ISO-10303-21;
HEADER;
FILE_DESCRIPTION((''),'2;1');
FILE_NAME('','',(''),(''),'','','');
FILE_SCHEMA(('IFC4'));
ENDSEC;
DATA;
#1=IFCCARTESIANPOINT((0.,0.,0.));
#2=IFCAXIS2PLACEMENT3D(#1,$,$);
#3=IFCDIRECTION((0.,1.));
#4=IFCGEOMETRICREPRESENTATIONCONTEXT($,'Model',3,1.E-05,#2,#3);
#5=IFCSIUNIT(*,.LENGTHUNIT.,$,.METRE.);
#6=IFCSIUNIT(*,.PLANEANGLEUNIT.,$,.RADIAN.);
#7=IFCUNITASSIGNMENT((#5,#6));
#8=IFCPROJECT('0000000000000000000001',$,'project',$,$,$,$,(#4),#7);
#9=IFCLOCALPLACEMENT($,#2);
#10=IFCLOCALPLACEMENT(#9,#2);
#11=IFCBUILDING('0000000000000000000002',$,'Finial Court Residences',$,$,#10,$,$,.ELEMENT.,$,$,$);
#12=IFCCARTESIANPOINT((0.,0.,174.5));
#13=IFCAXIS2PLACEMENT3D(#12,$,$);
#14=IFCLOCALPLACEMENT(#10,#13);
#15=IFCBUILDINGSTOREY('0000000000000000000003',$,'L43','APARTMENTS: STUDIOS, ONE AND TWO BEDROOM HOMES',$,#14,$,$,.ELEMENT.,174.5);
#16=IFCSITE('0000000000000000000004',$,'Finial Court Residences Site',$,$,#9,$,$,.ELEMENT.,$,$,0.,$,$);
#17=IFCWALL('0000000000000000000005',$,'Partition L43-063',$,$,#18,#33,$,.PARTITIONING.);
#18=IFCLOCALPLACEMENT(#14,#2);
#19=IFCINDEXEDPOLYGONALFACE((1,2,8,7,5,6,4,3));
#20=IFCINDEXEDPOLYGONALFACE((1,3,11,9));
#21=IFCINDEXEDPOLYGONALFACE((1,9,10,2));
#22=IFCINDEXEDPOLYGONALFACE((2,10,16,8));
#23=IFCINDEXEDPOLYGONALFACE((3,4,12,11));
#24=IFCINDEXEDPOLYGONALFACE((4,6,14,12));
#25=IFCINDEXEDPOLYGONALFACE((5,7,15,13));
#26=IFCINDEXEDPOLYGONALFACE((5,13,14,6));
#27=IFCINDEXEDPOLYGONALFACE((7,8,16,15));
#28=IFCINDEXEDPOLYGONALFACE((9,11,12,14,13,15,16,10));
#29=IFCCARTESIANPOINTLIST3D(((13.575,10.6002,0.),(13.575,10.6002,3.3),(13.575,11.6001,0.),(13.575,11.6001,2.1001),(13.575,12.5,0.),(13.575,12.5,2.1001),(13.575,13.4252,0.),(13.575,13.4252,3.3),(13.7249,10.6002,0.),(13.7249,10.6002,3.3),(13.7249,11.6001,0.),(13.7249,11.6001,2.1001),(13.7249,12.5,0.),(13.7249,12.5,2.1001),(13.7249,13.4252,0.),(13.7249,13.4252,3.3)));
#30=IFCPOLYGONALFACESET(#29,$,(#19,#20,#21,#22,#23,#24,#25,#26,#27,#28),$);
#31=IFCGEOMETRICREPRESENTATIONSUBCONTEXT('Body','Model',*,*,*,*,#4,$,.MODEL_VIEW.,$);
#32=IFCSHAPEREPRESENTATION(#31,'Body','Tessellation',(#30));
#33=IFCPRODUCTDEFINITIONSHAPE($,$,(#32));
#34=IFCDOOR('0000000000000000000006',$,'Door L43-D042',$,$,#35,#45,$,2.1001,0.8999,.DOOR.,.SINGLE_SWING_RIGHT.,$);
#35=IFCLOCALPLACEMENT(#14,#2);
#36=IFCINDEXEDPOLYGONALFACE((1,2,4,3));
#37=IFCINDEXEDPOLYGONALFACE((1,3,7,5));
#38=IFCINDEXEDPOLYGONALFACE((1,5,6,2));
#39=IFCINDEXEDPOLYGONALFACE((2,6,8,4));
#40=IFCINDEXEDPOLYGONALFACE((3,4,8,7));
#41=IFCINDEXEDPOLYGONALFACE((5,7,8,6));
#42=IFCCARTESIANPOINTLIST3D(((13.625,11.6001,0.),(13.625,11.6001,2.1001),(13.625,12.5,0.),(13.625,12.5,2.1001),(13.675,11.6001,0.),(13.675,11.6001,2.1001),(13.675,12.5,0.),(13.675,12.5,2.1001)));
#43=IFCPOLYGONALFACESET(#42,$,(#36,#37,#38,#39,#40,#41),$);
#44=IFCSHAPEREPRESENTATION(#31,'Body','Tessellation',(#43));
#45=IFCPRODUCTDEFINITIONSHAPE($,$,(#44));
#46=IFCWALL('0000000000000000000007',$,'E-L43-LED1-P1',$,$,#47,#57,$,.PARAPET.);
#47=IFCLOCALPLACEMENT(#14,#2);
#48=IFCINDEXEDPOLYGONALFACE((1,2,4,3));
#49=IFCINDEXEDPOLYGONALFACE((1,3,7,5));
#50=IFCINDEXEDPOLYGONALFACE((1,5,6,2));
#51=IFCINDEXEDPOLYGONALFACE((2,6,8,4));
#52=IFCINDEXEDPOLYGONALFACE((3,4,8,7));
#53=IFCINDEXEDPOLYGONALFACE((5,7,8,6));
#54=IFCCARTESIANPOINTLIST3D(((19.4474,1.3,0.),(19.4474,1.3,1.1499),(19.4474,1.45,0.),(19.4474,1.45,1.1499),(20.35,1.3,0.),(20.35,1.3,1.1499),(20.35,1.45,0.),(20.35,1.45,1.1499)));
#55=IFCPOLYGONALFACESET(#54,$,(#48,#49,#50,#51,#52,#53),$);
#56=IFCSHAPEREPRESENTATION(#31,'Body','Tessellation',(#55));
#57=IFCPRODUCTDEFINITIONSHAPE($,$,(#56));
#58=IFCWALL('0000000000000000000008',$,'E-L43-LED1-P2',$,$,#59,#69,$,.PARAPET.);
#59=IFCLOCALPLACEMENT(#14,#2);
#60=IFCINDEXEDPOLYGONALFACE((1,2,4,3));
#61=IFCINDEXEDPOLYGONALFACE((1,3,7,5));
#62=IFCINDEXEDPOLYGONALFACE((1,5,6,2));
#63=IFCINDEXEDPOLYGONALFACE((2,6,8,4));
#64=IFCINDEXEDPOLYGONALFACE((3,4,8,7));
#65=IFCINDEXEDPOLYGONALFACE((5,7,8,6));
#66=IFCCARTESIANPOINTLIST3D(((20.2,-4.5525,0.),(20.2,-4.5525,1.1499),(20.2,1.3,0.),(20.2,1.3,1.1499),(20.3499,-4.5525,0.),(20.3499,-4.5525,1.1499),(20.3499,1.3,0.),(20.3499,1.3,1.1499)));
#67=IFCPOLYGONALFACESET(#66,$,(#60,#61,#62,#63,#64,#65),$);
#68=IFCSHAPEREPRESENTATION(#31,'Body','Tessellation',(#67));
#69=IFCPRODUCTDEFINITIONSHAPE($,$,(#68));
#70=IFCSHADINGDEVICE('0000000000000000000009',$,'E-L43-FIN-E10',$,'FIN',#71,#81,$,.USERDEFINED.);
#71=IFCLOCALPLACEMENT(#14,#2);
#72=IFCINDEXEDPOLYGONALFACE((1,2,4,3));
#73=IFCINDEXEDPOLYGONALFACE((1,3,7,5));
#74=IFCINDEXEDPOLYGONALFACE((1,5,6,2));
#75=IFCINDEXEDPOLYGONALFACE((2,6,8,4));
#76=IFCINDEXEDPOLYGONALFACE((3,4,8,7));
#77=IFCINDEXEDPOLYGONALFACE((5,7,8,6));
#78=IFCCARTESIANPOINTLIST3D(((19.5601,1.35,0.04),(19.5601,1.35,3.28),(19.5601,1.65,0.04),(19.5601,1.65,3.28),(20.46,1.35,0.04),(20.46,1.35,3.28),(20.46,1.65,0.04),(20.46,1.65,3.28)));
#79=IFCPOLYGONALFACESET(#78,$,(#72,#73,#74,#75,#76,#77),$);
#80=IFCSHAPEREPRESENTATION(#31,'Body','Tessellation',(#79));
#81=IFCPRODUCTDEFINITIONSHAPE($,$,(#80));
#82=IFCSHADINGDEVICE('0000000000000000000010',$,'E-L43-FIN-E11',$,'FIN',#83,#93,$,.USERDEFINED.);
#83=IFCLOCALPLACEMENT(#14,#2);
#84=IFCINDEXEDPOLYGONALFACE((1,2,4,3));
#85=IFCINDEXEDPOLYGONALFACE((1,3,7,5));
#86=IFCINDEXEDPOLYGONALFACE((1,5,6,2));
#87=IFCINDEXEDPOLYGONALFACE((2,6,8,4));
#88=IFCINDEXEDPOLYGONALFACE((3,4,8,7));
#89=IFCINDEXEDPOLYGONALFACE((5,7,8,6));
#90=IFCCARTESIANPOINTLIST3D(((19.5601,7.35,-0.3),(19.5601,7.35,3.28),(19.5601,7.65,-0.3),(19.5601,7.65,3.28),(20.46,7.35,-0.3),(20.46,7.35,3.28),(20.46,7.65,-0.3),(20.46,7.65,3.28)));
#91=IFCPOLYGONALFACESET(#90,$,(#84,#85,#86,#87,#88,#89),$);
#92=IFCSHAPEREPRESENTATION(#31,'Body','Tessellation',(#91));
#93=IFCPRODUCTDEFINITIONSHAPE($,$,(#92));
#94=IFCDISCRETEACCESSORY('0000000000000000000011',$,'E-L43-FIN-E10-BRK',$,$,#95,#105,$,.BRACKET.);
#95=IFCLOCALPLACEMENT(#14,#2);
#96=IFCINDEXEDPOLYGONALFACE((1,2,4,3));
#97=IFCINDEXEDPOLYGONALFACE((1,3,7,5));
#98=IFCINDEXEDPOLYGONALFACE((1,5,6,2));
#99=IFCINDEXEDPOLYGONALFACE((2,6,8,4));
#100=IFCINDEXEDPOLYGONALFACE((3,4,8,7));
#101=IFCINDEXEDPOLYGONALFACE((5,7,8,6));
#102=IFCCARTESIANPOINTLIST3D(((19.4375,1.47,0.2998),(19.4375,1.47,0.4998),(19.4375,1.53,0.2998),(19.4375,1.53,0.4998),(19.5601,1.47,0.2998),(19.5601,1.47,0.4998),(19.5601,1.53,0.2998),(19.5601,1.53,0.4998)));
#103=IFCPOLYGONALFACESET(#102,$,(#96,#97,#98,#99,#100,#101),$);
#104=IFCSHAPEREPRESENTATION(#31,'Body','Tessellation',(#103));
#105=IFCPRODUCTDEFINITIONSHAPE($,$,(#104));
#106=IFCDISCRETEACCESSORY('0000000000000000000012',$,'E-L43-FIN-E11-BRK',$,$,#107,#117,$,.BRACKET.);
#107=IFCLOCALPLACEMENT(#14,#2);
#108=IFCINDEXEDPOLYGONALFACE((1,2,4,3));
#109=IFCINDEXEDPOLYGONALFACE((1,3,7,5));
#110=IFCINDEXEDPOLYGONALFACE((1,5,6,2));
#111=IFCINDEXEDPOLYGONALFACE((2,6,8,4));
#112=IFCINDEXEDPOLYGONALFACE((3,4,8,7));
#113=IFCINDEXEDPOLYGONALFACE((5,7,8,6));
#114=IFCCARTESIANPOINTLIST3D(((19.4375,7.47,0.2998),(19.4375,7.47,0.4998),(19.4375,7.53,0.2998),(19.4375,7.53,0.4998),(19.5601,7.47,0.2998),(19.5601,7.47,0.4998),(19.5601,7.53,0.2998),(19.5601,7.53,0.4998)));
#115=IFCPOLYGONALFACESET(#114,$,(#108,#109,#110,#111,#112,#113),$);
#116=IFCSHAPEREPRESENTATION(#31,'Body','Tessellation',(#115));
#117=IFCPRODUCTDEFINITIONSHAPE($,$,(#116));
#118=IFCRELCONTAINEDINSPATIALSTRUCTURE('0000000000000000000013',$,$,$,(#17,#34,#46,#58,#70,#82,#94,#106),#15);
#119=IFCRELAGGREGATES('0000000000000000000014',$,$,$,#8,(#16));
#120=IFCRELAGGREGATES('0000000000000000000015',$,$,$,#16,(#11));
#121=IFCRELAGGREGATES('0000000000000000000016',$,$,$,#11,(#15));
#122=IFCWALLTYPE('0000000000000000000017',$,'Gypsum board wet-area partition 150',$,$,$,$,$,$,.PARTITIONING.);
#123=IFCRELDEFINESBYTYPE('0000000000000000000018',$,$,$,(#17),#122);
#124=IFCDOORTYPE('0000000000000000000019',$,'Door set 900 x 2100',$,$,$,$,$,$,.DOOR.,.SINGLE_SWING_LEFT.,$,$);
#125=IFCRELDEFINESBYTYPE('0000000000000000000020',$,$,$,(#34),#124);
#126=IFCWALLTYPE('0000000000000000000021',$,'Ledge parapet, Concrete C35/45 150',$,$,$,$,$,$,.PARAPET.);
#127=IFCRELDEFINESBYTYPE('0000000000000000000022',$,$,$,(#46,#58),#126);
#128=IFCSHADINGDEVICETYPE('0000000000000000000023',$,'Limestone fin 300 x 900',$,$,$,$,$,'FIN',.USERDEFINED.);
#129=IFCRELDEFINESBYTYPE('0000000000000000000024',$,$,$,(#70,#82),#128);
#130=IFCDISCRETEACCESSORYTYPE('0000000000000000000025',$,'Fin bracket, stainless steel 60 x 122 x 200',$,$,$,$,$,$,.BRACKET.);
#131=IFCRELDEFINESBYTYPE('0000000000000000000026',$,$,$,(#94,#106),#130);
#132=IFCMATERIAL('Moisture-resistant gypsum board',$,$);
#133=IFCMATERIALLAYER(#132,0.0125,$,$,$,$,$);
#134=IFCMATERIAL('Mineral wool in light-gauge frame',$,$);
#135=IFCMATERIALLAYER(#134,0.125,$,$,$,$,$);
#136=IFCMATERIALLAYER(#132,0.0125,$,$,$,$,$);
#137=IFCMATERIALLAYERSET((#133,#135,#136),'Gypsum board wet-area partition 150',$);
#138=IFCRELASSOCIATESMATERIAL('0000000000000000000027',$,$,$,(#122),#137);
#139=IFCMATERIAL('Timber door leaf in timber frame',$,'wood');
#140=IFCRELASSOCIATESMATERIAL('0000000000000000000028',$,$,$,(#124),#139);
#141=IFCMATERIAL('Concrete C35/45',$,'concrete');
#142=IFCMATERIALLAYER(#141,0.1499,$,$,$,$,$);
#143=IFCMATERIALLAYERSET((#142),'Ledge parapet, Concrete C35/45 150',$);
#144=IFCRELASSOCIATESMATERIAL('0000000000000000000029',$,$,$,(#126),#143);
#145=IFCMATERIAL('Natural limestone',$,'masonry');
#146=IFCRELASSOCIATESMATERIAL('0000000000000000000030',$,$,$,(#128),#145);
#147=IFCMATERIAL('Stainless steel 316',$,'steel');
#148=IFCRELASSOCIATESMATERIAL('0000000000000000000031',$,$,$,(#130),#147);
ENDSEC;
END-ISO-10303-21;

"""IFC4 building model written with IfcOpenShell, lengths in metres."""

from ifc_helpers import new_model, si_unit, direction, frame, frame_2d, origin, origin_2d, place, context, subcontext, project, spatial, rectangle, extrude, material, layer, layer_set, type_object, element, fill, save


model = new_model("IFC4")

# Units and contexts
model_context = context("Model", 3, precision=1e-05, world=origin(), true_north=direction((0.0, 1.0)))
body_context = subcontext(model_context, "Body", "Model", "MODEL_VIEW")
ifc_project = project(units=[si_unit("LENGTHUNIT", "METRE"), si_unit("PLANEANGLEUNIT", "RADIAN")], contexts=[model_context])

# Site, building, storey
site_placement = place(None, origin())
site = spatial("IfcSite", under=ifc_project, at=site_placement, Name="Finial Court Residences Site", CompositionType="ELEMENT", RefElevation=0.0)
building_placement = place(site_placement, origin())
building = spatial("IfcBuilding", under=site, at=building_placement, Name="Finial Court Residences", CompositionType="ELEMENT")
storey_placement = place(building_placement, frame((0.0, 0.0, 174.5)))
storey = spatial("IfcBuildingStorey", under=building, at=storey_placement, Name="L43", Description="APARTMENTS: STUDIOS, ONE AND TWO BEDROOM HOMES", CompositionType="ELEMENT", Elevation=174.5)

# Shared definitions
ifc_material_1 = material(Name="Moisture-resistant gypsum board")
ifc_layer_1 = layer(ifc_material_1, 0.0125)
ifc_material_2 = material(Name="Mineral wool in light-gauge frame")
ifc_layer_2 = layer(ifc_material_2, 0.125)
ifc_layer_3 = layer(ifc_material_1, 0.0125)
ifc_layer_set_1 = layer_set([ifc_layer_1, ifc_layer_2, ifc_layer_3], Name="Gypsum board wet-area partition 150")
wall_type_1 = type_object("IfcWallType", Name="Gypsum board wet-area partition 150", PredefinedType="PARTITIONING", material=ifc_layer_set_1)

# Wall, opening, door
wall_1_placement = place(storey_placement, frame((13.6499, 10.6001, 0.0), z_axis=(0.0, 0.0, 1.0), x_axis=(0.0, 1.0, 0.0)))
wall_1 = element("IfcWall", 1, at=wall_1_placement, inside=storey, type_object=wall_type_1, Name="Partition L43-063", PredefinedType="PARTITIONING", context=body_context, shape_type="SweptSolid", body=[
    extrude(rectangle(XDim=2.825, YDim=0.1499, at=frame_2d((1.4126, 0.0))), origin(), (0.0, 0.0, 1.0), 3.3),
])
opening_placement = place(wall_1_placement, frame((1.0, 0.0, 0.0)))
opening = element("IfcOpeningElement", 2, at=opening_placement, cuts=wall_1, PredefinedType="OPENING", context=body_context, shape_type="SweptSolid", body=[
    extrude(rectangle(XDim=0.8999, YDim=2.1001, at=frame_2d((0.45, 1.05))), frame((0.0, 0.085, 0.0), z_axis=(0.0, -1.0, 0.0), x_axis=(1.0, 0.0, 0.0)), (0.0, 0.0, 1.0), 0.1699),
])
ifc_material_3 = material(Name="Timber door leaf in timber frame", Category="wood")
door_type = type_object("IfcDoorType", Name="Door set 900 x 2100", OperationType="SINGLE_SWING_LEFT", PredefinedType="DOOR", material=ifc_material_3)
door_placement = place(opening_placement, origin())
door = element("IfcDoor", 3, at=door_placement, inside=storey, type_object=door_type, Name="Door L43-D042", OperationType="SINGLE_SWING_RIGHT", OverallHeight=2.1001, OverallWidth=0.8999, PredefinedType="DOOR", context=body_context, shape_type="SweptSolid", body=[
    extrude(rectangle(XDim=0.8999, YDim=2.1001, at=frame_2d((0.45, 1.05))), frame((0.0, 0.0249, 0.0), z_axis=(0.0, -1.0, 0.0), x_axis=(1.0, 0.0, 0.0)), (0.0, 0.0, 1.0), 0.05),
])
fill(opening, door)

# Walls
ifc_material_4 = material(Name="Concrete C35/45", Category="concrete")
ifc_layer_4 = layer(ifc_material_4, 0.1499)
ifc_layer_set_2 = layer_set([ifc_layer_4], Name="Ledge parapet, Concrete C35/45 150")
wall_type_2 = type_object("IfcWallType", Name="Ledge parapet, Concrete C35/45 150", PredefinedType="PARAPET", material=ifc_layer_set_2)
wall_2_placement = place(storey_placement, frame((19.4475, 1.375, 0.0), z_axis=(0.0, 0.0, 1.0), x_axis=(1.0, 0.0, 0.0)))
element("IfcWall", 4, at=wall_2_placement, inside=storey, type_object=wall_type_2, Name="E-L43-LED1-P1", PredefinedType="PARAPET", context=body_context, shape_type="SweptSolid", body=[
    extrude(rectangle(XDim=0.9026, YDim=0.1499, at=frame_2d((0.4512, 0.0))), origin(), (0.0, 0.0, 1.0), 1.1499),
])
wall_3_placement = place(storey_placement, frame((20.2749, 1.3, 0.0), z_axis=(0.0, 0.0, 1.0), x_axis=(0.0, -1.0, 0.0)))
element("IfcWall", 5, at=wall_3_placement, inside=storey, type_object=wall_type_2, Name="E-L43-LED1-P2", PredefinedType="PARAPET", context=body_context, shape_type="SweptSolid", body=[
    extrude(rectangle(XDim=5.8525, YDim=0.1499, at=frame_2d((2.9263, 0.0))), origin(), (0.0, 0.0, 1.0), 1.1499),
])

# Shading devices
ifc_material_5 = material(Name="Natural limestone", Category="masonry")
shading_device_type = type_object("IfcShadingDeviceType", Name="Limestone fin 300 x 900", ElementType="FIN", PredefinedType="USERDEFINED", material=ifc_material_5)
shading_device_1_placement = place(storey_placement, frame((20.01, 1.5, 0.04), z_axis=(0.0, 0.0, 1.0), x_axis=(1.0, 0.0, 0.0)))
element("IfcShadingDevice", 6, at=shading_device_1_placement, inside=storey, type_object=shading_device_type, Name="E-L43-FIN-E10", ObjectType="FIN", PredefinedType="USERDEFINED", context=body_context, shape_type="SweptSolid", body=[
    extrude(rectangle(XDim=0.8999, YDim=0.3, at=origin_2d()), origin(), (0.0, 0.0, 1.0), 3.24),
])
shading_device_2_placement = place(storey_placement, frame((20.01, 7.5, -0.3), z_axis=(0.0, 0.0, 1.0), x_axis=(1.0, 0.0, 0.0)))
element("IfcShadingDevice", 7, at=shading_device_2_placement, inside=storey, type_object=shading_device_type, Name="E-L43-FIN-E11", ObjectType="FIN", PredefinedType="USERDEFINED", context=body_context, shape_type="SweptSolid", body=[
    extrude(rectangle(XDim=0.8999, YDim=0.3, at=origin_2d()), origin(), (0.0, 0.0, 1.0), 3.5801),
])

# Discrete accessories
ifc_material_6 = material(Name="Stainless steel 316", Category="steel")
discrete_accessory_type = type_object("IfcDiscreteAccessoryType", Name="Fin bracket, stainless steel 60 x 122 x 200", PredefinedType="BRACKET", material=ifc_material_6)
for number, where, z_axis, x_axis, name in (
    (8, (19.4988, 1.5, 0.2998), (0.0, 0.0, 1.0), (1.0, 0.0, 0.0), "E-L43-FIN-E10-BRK"),
    (9, (19.4988, 7.5, 0.2998), (0.0, 0.0, 1.0), (1.0, 0.0, 0.0), "E-L43-FIN-E11-BRK"),
):
    element("IfcDiscreteAccessory", number, at=place(storey_placement, frame(where, z_axis=z_axis, x_axis=x_axis)), inside=storey, type_object=discrete_accessory_type, Name=name, PredefinedType="BRACKET", context=body_context, shape_type="SweptSolid", body=[
        extrude(rectangle(XDim=0.1226, YDim=0.0601, at=origin_2d()), origin(), (0.0, 0.0, 1.0), 0.2),
    ])

save(model, "model.ifc")
